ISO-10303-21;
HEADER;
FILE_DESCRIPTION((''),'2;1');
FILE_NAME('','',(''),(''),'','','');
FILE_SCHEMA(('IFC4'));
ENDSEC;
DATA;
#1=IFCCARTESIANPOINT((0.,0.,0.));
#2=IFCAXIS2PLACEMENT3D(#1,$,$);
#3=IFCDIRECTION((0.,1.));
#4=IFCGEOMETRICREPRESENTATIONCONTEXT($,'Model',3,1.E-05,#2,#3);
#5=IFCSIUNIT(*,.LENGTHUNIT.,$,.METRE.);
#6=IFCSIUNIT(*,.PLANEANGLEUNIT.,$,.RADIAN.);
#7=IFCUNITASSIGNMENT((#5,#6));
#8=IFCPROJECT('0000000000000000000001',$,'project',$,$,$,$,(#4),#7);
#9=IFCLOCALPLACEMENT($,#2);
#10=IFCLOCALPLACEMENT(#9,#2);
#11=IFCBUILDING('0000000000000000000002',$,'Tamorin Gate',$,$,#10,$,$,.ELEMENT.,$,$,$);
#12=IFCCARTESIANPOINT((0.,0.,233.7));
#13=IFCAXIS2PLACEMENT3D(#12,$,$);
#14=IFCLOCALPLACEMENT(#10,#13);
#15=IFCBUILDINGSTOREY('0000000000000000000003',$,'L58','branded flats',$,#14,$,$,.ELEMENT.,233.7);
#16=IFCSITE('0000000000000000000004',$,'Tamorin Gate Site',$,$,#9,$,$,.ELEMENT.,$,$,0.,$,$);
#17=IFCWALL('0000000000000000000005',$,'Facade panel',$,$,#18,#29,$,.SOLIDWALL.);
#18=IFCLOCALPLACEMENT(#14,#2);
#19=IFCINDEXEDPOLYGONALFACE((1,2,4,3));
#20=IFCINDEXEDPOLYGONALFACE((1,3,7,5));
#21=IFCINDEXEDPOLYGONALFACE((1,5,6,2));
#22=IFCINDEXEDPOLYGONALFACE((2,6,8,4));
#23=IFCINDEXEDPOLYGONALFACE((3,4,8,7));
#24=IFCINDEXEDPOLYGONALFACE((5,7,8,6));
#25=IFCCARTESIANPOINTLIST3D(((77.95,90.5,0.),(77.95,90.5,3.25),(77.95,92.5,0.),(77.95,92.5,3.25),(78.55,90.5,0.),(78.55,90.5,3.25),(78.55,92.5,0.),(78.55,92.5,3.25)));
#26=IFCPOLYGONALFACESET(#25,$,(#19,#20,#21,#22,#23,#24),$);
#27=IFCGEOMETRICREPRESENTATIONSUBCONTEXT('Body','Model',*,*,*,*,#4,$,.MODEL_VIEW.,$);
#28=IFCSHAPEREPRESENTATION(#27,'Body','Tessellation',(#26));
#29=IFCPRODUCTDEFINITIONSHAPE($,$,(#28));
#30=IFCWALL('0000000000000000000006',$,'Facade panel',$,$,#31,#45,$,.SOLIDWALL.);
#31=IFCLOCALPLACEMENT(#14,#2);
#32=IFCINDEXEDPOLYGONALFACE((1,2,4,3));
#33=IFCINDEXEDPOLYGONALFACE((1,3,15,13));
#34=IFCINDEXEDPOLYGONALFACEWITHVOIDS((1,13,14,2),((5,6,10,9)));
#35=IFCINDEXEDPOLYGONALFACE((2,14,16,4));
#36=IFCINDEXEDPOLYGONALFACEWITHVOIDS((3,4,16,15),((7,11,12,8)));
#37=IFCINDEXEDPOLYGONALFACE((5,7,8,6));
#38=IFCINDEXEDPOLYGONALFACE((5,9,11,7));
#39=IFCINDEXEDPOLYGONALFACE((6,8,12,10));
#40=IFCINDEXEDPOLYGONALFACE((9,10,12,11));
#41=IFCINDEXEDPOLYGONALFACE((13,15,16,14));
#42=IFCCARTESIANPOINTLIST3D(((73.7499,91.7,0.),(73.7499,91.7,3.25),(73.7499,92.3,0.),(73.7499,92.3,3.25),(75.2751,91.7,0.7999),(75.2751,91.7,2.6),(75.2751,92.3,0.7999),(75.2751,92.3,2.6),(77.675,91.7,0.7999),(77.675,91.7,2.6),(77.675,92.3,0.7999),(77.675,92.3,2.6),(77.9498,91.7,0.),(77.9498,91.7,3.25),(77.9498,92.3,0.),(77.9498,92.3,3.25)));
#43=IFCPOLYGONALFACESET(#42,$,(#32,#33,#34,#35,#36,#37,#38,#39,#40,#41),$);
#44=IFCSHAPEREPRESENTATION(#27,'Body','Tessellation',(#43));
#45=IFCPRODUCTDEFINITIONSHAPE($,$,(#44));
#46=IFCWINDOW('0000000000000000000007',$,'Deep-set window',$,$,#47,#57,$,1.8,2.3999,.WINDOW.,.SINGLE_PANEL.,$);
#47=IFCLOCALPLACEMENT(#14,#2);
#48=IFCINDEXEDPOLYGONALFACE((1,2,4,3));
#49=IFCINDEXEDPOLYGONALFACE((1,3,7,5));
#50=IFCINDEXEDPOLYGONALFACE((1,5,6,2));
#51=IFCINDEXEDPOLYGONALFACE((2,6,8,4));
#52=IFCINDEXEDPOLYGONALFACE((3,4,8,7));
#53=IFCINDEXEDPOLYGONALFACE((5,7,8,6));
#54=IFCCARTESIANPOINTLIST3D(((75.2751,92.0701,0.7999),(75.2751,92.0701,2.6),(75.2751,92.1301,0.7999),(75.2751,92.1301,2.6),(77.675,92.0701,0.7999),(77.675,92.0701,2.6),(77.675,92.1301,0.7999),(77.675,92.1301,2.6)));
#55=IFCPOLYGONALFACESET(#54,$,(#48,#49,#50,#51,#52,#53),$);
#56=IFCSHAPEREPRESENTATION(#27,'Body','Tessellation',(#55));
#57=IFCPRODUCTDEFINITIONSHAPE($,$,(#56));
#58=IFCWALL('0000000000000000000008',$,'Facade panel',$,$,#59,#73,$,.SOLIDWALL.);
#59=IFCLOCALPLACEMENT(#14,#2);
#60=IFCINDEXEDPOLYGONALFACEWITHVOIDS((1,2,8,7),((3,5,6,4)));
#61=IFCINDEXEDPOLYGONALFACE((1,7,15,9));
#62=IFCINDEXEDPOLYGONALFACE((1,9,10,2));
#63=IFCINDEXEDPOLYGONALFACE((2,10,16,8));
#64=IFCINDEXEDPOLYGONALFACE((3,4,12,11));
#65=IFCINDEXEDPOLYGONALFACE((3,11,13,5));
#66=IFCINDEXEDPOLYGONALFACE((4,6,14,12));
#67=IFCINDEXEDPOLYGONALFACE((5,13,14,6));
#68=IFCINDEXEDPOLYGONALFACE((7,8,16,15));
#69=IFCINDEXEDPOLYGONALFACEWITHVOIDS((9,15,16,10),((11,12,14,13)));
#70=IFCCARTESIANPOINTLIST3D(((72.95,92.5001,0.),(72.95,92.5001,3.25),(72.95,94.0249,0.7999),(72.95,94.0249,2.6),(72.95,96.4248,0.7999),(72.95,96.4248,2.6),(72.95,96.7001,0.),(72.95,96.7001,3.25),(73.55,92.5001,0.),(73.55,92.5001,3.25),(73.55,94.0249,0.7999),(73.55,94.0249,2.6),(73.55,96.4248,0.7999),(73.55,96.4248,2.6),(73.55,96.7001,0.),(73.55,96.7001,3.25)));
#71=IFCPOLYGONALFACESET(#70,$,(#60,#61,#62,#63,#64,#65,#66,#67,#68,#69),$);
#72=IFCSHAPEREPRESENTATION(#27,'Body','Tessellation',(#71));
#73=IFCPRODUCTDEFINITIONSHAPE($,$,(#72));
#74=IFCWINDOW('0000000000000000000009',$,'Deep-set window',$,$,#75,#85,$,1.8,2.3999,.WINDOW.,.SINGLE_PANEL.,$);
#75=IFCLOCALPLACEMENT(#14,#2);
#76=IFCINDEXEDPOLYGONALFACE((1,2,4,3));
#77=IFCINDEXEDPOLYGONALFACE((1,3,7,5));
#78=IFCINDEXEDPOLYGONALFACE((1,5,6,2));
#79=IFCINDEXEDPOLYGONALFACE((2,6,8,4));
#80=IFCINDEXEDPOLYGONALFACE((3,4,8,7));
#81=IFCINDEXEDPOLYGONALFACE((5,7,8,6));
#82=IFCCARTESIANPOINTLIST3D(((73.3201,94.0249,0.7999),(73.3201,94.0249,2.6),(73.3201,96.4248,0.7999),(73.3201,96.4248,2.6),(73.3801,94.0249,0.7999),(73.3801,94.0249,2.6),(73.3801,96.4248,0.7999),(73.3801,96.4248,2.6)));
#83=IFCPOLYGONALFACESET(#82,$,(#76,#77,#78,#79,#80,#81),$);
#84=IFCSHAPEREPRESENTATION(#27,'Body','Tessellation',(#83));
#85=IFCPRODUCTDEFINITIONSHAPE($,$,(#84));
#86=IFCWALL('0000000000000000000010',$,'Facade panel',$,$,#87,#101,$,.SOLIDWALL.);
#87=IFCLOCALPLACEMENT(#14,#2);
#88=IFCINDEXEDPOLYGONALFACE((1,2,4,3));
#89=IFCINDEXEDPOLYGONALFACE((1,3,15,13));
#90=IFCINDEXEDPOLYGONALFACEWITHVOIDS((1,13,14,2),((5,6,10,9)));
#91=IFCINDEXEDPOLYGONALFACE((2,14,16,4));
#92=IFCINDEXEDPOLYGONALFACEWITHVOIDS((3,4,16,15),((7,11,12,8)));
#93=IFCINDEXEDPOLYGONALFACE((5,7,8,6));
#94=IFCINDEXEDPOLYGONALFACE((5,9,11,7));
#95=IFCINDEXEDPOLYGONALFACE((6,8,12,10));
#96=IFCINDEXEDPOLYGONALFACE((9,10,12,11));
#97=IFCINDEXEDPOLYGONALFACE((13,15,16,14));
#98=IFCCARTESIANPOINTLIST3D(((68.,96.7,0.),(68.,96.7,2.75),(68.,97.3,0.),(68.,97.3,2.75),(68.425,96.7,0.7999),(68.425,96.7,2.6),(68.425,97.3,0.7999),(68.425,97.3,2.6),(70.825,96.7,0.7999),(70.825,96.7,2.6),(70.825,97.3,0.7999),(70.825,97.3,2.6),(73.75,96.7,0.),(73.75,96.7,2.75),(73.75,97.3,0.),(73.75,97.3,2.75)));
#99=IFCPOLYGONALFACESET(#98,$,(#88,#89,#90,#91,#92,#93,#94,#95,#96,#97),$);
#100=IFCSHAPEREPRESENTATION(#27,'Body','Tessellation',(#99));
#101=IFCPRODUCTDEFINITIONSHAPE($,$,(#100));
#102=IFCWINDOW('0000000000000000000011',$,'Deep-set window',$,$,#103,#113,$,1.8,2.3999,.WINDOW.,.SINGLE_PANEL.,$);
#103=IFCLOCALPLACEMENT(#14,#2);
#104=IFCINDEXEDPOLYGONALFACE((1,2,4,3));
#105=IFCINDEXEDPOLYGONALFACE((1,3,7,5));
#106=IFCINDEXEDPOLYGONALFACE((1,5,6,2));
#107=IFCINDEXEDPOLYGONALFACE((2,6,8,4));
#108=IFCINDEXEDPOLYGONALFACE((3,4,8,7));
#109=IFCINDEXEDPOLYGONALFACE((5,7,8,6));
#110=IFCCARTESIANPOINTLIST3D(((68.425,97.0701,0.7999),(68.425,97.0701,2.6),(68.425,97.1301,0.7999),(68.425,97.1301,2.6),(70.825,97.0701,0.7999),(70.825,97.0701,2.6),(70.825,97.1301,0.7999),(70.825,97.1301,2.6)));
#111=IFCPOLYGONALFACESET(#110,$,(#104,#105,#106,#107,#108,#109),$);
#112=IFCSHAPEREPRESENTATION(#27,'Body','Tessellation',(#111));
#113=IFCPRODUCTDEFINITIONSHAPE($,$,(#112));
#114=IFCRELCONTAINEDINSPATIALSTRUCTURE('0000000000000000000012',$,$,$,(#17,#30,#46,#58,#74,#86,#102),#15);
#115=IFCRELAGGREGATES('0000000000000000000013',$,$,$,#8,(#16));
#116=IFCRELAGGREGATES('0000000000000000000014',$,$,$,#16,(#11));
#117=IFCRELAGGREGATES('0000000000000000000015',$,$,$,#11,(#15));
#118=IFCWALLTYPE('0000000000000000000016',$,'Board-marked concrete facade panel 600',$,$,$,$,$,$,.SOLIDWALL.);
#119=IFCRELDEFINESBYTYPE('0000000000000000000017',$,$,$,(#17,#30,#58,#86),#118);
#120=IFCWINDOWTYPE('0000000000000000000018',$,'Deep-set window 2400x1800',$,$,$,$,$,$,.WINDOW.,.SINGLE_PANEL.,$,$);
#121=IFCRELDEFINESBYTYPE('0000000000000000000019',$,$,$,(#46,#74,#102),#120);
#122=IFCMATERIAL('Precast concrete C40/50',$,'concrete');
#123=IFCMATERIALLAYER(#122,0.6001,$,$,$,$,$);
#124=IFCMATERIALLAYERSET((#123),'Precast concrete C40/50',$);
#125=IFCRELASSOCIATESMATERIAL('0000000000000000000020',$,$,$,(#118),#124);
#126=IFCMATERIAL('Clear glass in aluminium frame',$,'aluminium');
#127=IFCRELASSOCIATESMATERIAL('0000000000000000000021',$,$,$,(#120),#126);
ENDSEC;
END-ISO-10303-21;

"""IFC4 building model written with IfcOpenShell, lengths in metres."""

from ifc_helpers import new_model, si_unit, direction, frame, frame_2d, origin, place, context, subcontext, project, spatial, rectangle, extrude, material, layer, layer_set, type_object, element, fill, save


model = new_model("IFC4")

# Units and contexts
model_context = context("Model", 3, precision=1e-05, world=origin(), true_north=direction((0.0, 1.0)))
body_context = subcontext(model_context, "Body", "Model", "MODEL_VIEW")
ifc_project = project(units=[si_unit("LENGTHUNIT", "METRE"), si_unit("PLANEANGLEUNIT", "RADIAN")], contexts=[model_context])

# Site, building, storey
site_placement = place(None, origin())
site = spatial("IfcSite", under=ifc_project, at=site_placement, Name="Tamorin Gate Site", CompositionType="ELEMENT", RefElevation=0.0)
building_placement = place(site_placement, origin())
building = spatial("IfcBuilding", under=site, at=building_placement, Name="Tamorin Gate", CompositionType="ELEMENT")
storey_placement = place(building_placement, frame((0.0, 0.0, 233.7)))
storey = spatial("IfcBuildingStorey", under=building, at=storey_placement, Name="L58", Description="branded flats", CompositionType="ELEMENT", Elevation=233.7)

# Shared definitions
ifc_material_1 = material(Name="Precast concrete C40/50", Category="concrete")
ifc_layer = layer(ifc_material_1, 0.6001)
ifc_layer_set = layer_set([ifc_layer], Name="Precast concrete C40/50")
wall_type = type_object("IfcWallType", Name="Board-marked concrete facade panel 600", PredefinedType="SOLIDWALL", material=ifc_layer_set)
ifc_material_2 = material(Name="Clear glass in aluminium frame", Category="aluminium")
window_type = type_object("IfcWindowType", Name="Deep-set window 2400x1800", PartitioningType="SINGLE_PANEL", PredefinedType="WINDOW", material=ifc_material_2)

# Wall
wall_1_placement = place(storey_placement, frame((78.25, 90.5, 0.0), z_axis=(0.0, 0.0, 1.0), x_axis=(0.0, 1.0, 0.0)))
element("IfcWall", 1, at=wall_1_placement, inside=storey, type_object=wall_type, Name="Facade panel", PredefinedType="SOLIDWALL", context=body_context, shape_type="SweptSolid", body=[
    extrude(rectangle(XDim=2.0, YDim=0.6001, at=frame_2d((1.0, 0.0))), origin(), (0.0, 0.0, 1.0), 3.25),
])

# Walls, openings, windows
wall_2_placement = place(storey_placement, frame((77.95, 92.0, 0.0), z_axis=(0.0, 0.0, 1.0), x_axis=(-1.0, 0.0, 0.0)))
wall_2 = element("IfcWall", 2, at=wall_2_placement, inside=storey, type_object=wall_type, Name="Facade panel", PredefinedType="SOLIDWALL", context=body_context, shape_type="SweptSolid", body=[
    extrude(rectangle(XDim=4.2, YDim=0.6001, at=frame_2d((2.1001, 0.0))), origin(), (0.0, 0.0, 1.0), 3.25),
])
opening_1_placement = place(wall_2_placement, frame((0.2749, 0.0, 0.8)))
opening_1 = element("IfcOpeningElement", 3, at=opening_1_placement, cuts=wall_2, PredefinedType="OPENING", context=body_context, shape_type="SweptSolid", body=[
    extrude(rectangle(XDim=2.3999, YDim=1.8, at=frame_2d((1.2, 0.8999))), frame((0.0, 0.3101, 0.0), z_axis=(0.0, -1.0, 0.0), x_axis=(1.0, 0.0, 0.0)), (0.0, 0.0, 1.0), 0.6201),
])
window_1_placement = place(opening_1_placement, origin())
window_1 = element("IfcWindow", 4, at=window_1_placement, inside=storey, type_object=window_type, Name="Deep-set window", OverallHeight=1.8, OverallWidth=2.3999, PartitioningType="SINGLE_PANEL", PredefinedType="WINDOW", context=body_context, shape_type="SweptSolid", body=[
    extrude(rectangle(XDim=2.3999, YDim=1.8, at=frame_2d((1.2, 0.8999))), frame((0.0, -0.0701, 0.0), z_axis=(0.0, -1.0, 0.0), x_axis=(1.0, 0.0, 0.0)), (0.0, 0.0, 1.0), 0.0601),
])
fill(opening_1, window_1)
wall_3_placement = place(storey_placement, frame((73.25, 92.5, 0.0), z_axis=(0.0, 0.0, 1.0), x_axis=(0.0, 1.0, 0.0)))
wall_3 = element("IfcWall", 5, at=wall_3_placement, inside=storey, type_object=wall_type, Name="Facade panel", PredefinedType="SOLIDWALL", context=body_context, shape_type="SweptSolid", body=[
    extrude(rectangle(XDim=4.2, YDim=0.6001, at=frame_2d((2.1001, 0.0))), origin(), (0.0, 0.0, 1.0), 3.25),
])
opening_2_placement = place(wall_3_placement, frame((1.5249, 0.0, 0.8)))
opening_2 = element("IfcOpeningElement", 6, at=opening_2_placement, cuts=wall_3, PredefinedType="OPENING", context=body_context, shape_type="SweptSolid", body=[
    extrude(rectangle(XDim=2.3999, YDim=1.8, at=frame_2d((1.2, 0.8999))), frame((0.0, 0.3101, 0.0), z_axis=(0.0, -1.0, 0.0), x_axis=(1.0, 0.0, 0.0)), (0.0, 0.0, 1.0), 0.6201),
])
window_2_placement = place(opening_2_placement, origin())
window_2 = element("IfcWindow", 7, at=window_2_placement, inside=storey, type_object=window_type, Name="Deep-set window", OverallHeight=1.8, OverallWidth=2.3999, PartitioningType="SINGLE_PANEL", PredefinedType="WINDOW", context=body_context, shape_type="SweptSolid", body=[
    extrude(rectangle(XDim=2.3999, YDim=1.8, at=frame_2d((1.2, 0.8999))), frame((0.0, -0.0701, 0.0), z_axis=(0.0, -1.0, 0.0), x_axis=(1.0, 0.0, 0.0)), (0.0, 0.0, 1.0), 0.0601),
])
fill(opening_2, window_2)
wall_4_placement = place(storey_placement, frame((73.75, 97.0, 0.0), z_axis=(0.0, 0.0, 1.0), x_axis=(-1.0, 0.0, 0.0)))
wall_4 = element("IfcWall", 8, at=wall_4_placement, inside=storey, type_object=wall_type, Name="Facade panel", PredefinedType="SOLIDWALL", context=body_context, shape_type="SweptSolid", body=[
    extrude(rectangle(XDim=5.75, YDim=0.6001, at=frame_2d((2.875, 0.0))), origin(), (0.0, 0.0, 1.0), 2.75),
])
opening_3_placement = place(wall_4_placement, frame((2.925, 0.0, 0.8)))
opening_3 = element("IfcOpeningElement", 9, at=opening_3_placement, cuts=wall_4, PredefinedType="OPENING", context=body_context, shape_type="SweptSolid", body=[
    extrude(rectangle(XDim=2.3999, YDim=1.8, at=frame_2d((1.2, 0.8999))), frame((0.0, 0.3101, 0.0), z_axis=(0.0, -1.0, 0.0), x_axis=(1.0, 0.0, 0.0)), (0.0, 0.0, 1.0), 0.6201),
])
window_3_placement = place(opening_3_placement, origin())
window_3 = element("IfcWindow", 10, at=window_3_placement, inside=storey, type_object=window_type, Name="Deep-set window", OverallHeight=1.8, OverallWidth=2.3999, PartitioningType="SINGLE_PANEL", PredefinedType="WINDOW", context=body_context, shape_type="SweptSolid", body=[
    extrude(rectangle(XDim=2.3999, YDim=1.8, at=frame_2d((1.2, 0.8999))), frame((0.0, -0.0701, 0.0), z_axis=(0.0, -1.0, 0.0), x_axis=(1.0, 0.0, 0.0)), (0.0, 0.0, 1.0), 0.0601),
])
fill(opening_3, window_3)

save(model, "model.ifc")
